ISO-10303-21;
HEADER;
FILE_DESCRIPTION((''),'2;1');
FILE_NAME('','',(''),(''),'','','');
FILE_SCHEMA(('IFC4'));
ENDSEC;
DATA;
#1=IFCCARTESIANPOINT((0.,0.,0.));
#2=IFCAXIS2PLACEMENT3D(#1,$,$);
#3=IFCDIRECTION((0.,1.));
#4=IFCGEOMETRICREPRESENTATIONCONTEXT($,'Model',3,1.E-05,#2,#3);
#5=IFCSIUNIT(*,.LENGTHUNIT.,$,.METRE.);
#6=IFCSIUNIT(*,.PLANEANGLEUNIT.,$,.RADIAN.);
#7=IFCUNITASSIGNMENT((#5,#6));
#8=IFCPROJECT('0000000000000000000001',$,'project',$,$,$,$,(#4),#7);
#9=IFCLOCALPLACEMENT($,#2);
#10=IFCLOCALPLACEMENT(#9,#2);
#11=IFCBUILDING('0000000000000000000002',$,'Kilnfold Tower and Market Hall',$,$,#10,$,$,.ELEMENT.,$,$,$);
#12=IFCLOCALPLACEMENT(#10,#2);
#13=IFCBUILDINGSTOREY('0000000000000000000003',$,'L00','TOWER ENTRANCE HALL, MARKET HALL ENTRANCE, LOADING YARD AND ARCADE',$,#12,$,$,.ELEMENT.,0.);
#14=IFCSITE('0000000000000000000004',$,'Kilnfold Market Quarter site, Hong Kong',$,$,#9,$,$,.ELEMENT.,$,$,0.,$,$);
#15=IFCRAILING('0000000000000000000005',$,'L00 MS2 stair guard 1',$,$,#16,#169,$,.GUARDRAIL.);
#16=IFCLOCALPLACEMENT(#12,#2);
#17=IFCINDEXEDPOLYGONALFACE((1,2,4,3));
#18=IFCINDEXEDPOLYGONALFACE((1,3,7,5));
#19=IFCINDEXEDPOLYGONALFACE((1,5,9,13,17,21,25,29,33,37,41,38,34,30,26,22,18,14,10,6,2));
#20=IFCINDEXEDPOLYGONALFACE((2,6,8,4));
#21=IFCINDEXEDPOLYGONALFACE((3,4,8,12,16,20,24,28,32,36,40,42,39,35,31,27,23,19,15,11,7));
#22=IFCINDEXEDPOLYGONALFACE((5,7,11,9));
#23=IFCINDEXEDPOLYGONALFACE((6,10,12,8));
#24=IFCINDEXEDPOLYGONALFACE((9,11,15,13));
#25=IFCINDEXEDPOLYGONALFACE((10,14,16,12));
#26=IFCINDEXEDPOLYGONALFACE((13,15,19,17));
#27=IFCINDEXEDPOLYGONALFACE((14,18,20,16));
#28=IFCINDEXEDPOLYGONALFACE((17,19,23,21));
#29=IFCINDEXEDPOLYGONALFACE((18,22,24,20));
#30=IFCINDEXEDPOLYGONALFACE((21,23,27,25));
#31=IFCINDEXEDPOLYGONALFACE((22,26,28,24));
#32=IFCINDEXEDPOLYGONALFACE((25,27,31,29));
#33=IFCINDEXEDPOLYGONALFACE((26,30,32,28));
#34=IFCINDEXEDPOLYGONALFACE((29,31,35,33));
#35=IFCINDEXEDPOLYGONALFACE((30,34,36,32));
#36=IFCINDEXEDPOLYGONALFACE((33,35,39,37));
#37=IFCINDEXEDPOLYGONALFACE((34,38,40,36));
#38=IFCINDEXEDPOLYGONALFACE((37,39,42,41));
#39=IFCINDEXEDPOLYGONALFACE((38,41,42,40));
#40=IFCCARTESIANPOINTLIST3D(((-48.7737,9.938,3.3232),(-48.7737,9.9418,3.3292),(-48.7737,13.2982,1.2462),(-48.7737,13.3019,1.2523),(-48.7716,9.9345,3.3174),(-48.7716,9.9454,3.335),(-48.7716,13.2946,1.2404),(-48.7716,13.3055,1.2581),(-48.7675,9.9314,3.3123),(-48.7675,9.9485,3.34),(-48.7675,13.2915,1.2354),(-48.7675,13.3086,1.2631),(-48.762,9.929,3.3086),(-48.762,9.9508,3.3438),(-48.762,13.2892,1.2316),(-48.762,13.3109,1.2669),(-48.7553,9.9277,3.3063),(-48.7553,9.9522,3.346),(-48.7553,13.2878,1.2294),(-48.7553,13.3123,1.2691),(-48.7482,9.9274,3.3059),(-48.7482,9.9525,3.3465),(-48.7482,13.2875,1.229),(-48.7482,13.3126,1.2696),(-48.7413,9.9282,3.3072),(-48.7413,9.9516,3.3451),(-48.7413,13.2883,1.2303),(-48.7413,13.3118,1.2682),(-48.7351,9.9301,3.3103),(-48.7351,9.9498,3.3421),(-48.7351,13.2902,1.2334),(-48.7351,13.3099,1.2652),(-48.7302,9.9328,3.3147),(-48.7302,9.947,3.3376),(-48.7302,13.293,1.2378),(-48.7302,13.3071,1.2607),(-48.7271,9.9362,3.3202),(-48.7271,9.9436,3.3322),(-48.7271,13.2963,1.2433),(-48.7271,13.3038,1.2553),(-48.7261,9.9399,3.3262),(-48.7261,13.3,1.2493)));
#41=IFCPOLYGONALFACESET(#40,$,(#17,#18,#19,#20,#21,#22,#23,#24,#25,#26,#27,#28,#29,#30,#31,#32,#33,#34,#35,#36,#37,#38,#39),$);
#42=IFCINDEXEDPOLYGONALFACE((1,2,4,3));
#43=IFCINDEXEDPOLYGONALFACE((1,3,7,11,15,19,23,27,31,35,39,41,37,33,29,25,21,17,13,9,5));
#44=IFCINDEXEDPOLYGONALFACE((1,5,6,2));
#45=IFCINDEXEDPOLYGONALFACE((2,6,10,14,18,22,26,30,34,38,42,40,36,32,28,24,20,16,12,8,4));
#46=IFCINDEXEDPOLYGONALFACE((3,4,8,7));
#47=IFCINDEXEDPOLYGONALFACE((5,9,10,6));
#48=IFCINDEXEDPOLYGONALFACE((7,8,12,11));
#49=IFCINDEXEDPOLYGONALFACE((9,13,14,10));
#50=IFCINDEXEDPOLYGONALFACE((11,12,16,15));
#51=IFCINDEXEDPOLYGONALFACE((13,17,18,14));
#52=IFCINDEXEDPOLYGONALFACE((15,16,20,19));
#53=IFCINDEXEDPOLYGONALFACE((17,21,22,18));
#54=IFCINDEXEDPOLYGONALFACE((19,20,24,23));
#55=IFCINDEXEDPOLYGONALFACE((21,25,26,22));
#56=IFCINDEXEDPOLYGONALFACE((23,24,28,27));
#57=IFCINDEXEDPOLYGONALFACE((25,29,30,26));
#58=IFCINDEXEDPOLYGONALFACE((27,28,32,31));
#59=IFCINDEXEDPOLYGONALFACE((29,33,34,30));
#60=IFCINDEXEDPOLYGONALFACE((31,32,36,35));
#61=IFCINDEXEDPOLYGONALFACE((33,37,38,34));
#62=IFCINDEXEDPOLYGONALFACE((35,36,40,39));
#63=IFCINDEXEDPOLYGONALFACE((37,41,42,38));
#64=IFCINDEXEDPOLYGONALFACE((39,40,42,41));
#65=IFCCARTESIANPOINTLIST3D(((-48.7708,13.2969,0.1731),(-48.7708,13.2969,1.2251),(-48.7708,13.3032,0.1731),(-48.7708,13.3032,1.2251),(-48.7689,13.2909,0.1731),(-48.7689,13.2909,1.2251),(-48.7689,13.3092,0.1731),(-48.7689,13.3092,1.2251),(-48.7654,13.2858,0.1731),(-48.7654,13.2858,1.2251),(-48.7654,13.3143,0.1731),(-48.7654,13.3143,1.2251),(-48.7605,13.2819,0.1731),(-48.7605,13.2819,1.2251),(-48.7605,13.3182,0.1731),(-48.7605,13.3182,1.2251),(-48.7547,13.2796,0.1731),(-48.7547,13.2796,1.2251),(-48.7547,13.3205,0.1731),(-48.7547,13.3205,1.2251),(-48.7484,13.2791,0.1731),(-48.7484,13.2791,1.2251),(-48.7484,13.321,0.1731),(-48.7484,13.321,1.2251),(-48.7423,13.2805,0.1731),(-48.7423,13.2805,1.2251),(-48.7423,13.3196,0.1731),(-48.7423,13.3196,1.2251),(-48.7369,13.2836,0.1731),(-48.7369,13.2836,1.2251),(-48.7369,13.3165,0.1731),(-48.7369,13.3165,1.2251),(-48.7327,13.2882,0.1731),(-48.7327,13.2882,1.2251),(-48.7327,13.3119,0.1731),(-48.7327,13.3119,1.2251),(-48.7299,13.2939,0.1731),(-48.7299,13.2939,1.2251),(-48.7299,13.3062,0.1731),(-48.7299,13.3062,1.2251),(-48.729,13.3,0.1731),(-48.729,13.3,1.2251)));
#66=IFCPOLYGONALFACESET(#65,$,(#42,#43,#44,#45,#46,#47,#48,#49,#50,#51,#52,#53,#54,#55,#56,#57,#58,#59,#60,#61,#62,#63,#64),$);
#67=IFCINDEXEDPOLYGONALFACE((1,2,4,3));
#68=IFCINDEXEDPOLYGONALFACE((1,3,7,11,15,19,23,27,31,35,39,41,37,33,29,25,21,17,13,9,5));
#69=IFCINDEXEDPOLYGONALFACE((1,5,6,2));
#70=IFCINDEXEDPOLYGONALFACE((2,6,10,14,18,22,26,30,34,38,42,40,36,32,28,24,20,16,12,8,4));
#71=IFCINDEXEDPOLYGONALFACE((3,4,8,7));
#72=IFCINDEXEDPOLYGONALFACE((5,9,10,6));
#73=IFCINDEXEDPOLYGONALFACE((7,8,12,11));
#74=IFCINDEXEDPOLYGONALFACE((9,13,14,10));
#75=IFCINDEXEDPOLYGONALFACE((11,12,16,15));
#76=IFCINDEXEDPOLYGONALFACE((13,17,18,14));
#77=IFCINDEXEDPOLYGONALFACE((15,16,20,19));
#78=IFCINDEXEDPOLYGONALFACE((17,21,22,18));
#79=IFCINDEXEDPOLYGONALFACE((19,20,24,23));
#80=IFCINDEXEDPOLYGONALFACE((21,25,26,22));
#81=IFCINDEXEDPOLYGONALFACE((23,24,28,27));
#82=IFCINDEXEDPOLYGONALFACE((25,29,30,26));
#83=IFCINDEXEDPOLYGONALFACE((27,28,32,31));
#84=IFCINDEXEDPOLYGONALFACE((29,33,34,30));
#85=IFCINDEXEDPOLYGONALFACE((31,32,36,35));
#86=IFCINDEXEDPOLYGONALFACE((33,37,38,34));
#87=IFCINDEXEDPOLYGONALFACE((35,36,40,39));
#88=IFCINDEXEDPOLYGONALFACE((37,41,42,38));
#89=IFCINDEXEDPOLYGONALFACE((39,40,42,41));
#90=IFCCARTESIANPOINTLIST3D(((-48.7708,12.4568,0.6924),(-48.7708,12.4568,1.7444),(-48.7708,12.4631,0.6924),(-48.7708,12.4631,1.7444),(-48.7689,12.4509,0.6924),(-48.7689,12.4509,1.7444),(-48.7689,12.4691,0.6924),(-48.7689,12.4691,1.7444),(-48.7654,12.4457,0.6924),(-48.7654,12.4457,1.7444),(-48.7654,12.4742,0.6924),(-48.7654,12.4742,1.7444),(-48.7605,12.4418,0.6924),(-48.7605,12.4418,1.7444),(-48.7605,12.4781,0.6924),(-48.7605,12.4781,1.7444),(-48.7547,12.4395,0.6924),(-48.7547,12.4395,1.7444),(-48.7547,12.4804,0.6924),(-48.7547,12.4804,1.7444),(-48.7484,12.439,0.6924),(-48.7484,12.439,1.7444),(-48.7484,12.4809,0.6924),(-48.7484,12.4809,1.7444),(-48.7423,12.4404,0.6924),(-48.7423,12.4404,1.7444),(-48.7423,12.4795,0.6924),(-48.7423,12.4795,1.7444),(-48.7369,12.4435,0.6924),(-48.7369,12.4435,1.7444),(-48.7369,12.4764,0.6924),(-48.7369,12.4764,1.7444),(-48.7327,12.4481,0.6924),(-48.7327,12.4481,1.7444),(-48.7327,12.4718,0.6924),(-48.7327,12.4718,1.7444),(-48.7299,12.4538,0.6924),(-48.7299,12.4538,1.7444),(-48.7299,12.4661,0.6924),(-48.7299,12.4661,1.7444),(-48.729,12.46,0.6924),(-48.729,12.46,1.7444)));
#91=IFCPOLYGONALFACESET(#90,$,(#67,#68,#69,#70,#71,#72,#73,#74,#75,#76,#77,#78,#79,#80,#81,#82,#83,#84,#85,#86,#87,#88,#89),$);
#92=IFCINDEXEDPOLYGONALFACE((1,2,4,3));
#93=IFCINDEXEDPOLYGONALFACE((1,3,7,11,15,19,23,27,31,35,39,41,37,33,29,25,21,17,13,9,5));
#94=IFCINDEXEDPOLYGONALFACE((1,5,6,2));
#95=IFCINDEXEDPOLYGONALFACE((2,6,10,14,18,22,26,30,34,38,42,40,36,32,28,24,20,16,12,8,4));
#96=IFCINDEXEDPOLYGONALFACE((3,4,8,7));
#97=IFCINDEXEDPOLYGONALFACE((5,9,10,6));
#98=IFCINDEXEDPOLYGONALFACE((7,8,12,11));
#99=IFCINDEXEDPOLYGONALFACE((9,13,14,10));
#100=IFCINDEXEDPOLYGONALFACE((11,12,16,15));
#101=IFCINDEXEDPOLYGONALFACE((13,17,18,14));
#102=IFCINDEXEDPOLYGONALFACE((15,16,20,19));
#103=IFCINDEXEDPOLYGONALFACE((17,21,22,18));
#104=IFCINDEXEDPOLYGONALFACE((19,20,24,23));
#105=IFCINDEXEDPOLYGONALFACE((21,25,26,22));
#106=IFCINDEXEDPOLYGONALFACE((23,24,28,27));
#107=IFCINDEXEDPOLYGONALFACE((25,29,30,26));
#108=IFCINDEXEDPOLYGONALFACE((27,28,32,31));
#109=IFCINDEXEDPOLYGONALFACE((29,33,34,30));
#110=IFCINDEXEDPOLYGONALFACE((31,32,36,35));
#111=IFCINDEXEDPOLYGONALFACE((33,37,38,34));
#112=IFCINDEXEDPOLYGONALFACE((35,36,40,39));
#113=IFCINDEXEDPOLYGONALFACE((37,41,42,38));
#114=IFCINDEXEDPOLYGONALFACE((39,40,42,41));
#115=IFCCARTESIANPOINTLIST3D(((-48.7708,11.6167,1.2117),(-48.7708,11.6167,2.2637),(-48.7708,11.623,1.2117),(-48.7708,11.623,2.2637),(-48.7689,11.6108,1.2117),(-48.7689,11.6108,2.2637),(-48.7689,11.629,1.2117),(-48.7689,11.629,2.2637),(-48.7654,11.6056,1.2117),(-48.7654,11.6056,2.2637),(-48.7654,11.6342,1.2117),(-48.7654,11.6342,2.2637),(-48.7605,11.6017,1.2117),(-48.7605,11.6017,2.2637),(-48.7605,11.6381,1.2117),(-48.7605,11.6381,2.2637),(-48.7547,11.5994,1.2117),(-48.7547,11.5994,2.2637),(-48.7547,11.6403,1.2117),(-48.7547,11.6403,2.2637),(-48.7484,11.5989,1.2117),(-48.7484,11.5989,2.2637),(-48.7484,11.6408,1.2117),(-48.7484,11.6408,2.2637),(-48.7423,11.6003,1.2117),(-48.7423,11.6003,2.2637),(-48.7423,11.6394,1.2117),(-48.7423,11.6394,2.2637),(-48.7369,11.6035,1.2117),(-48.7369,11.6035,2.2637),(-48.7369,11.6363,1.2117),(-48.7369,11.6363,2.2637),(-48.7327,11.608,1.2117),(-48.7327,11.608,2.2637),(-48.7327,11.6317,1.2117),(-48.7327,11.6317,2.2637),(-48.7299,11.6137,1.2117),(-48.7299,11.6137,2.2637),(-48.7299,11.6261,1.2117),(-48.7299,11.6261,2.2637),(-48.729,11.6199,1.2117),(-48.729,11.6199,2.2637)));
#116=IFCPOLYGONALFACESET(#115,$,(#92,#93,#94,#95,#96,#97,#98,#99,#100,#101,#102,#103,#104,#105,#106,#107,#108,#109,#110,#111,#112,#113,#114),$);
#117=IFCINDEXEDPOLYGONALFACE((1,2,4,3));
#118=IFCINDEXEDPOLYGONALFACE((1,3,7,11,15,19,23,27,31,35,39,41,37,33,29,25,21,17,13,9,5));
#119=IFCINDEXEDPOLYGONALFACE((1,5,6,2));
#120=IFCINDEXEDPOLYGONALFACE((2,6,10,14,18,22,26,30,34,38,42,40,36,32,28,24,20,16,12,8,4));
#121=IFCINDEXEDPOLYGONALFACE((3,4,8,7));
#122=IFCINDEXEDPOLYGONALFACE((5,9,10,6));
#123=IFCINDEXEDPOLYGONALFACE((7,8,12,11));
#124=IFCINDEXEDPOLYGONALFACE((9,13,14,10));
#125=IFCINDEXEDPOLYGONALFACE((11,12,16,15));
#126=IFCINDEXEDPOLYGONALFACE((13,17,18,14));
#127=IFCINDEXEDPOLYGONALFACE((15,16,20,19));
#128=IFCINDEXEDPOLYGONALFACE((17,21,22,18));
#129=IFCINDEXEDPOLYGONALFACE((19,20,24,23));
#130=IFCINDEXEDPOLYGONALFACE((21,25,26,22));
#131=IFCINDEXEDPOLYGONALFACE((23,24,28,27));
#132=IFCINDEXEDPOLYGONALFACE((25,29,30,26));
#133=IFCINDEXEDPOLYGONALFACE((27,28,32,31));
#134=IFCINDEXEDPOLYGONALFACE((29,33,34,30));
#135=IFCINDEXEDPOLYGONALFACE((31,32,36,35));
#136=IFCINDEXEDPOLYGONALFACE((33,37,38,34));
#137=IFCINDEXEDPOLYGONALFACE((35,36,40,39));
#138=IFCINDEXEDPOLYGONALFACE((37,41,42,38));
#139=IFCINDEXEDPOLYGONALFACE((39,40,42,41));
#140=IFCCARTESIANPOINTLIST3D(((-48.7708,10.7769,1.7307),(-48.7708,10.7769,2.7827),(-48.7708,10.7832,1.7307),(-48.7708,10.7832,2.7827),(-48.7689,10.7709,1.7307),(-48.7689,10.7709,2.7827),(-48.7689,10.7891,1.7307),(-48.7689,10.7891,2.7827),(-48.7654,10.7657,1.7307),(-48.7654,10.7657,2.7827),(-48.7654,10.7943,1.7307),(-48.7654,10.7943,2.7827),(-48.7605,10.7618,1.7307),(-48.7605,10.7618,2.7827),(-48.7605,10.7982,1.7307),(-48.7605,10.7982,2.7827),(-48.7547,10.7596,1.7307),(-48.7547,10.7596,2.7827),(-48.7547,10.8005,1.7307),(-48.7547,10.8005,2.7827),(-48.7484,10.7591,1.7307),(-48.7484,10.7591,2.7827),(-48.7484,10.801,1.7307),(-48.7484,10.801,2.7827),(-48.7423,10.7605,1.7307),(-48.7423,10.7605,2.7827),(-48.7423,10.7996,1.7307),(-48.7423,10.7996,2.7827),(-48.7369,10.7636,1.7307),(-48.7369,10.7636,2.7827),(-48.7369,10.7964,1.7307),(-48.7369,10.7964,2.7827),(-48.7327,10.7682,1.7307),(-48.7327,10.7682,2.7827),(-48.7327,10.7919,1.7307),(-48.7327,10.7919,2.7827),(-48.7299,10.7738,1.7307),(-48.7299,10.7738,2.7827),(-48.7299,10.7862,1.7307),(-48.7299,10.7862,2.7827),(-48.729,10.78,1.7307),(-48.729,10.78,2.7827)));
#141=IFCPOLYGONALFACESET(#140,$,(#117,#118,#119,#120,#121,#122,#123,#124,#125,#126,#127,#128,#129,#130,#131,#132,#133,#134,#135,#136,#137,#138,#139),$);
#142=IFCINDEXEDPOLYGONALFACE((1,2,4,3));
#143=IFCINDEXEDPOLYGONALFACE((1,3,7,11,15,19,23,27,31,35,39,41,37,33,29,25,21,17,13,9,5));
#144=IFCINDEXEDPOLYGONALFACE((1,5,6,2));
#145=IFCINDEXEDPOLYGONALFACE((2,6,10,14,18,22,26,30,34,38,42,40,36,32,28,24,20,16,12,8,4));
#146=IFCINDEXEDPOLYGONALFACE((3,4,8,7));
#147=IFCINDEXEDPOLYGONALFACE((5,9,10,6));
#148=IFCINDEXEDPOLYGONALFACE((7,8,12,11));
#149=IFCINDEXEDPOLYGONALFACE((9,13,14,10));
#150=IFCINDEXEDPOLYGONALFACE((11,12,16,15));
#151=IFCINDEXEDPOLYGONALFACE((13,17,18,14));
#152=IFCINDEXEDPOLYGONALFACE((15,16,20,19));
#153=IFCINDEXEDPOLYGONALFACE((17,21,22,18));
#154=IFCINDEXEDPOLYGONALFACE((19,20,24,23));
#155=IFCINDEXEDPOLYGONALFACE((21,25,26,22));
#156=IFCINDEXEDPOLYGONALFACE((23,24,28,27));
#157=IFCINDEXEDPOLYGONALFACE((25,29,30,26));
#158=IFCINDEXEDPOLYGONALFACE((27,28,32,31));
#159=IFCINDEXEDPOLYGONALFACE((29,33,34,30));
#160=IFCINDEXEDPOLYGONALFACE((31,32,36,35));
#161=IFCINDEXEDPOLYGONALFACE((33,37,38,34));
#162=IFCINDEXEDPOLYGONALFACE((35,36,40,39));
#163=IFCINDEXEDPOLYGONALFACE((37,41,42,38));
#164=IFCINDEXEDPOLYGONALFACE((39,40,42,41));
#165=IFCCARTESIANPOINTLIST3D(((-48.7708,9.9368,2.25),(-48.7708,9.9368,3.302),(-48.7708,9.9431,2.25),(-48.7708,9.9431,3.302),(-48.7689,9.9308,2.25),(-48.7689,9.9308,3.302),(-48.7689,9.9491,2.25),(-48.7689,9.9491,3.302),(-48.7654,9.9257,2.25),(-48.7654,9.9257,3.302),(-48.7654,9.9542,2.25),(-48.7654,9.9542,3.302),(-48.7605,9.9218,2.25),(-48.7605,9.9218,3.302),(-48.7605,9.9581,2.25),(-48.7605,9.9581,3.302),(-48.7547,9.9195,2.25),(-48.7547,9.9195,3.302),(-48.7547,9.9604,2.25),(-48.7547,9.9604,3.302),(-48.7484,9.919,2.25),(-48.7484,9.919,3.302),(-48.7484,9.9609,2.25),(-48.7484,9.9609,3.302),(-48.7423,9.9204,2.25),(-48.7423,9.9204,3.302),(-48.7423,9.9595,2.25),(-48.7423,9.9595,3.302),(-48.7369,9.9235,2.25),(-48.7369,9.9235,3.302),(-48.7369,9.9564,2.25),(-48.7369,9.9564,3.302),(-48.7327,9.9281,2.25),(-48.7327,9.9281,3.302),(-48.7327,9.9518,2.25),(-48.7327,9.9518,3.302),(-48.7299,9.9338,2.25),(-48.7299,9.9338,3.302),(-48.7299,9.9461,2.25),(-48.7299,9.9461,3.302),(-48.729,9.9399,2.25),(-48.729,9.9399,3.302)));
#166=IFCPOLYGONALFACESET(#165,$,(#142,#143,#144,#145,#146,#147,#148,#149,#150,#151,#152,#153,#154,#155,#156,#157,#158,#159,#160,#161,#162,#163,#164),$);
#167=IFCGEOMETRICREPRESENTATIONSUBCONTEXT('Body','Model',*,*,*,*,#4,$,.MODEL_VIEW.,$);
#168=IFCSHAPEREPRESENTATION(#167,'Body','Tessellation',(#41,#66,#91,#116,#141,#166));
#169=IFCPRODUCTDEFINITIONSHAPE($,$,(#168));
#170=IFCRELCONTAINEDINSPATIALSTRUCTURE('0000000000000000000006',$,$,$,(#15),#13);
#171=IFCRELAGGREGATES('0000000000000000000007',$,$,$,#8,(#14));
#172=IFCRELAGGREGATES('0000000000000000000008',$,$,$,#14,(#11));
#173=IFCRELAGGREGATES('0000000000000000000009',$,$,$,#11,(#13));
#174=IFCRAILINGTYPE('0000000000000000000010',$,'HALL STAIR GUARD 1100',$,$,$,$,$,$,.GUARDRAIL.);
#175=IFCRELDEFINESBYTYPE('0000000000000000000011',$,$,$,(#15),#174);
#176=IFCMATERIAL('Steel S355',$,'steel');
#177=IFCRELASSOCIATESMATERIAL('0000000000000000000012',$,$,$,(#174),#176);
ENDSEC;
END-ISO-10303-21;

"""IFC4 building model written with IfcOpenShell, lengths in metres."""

from ifc_helpers import new_model, si_unit, direction, frame, origin, origin_2d, place, context, subcontext, project, spatial, circle, extrude, material, type_object, element, save


model = new_model("IFC4")

# Units and contexts
model_context = context("Model", 3, precision=1e-05, world=origin(), true_north=direction((0.0, 1.0)))
body_context = subcontext(model_context, "Body", "Model", "MODEL_VIEW")
ifc_project = project(units=[si_unit("LENGTHUNIT", "METRE"), si_unit("PLANEANGLEUNIT", "RADIAN")], contexts=[model_context])

# Site, building, storey
site_placement = place(None, origin())
site = spatial("IfcSite", under=ifc_project, at=site_placement, Name="Kilnfold Market Quarter site, Hong Kong", CompositionType="ELEMENT", RefElevation=0.0)
building_placement = place(site_placement, origin())
building = spatial("IfcBuilding", under=site, at=building_placement, Name="Kilnfold Tower and Market Hall", CompositionType="ELEMENT")
storey_placement = place(building_placement, origin())
storey = spatial("IfcBuildingStorey", under=building, at=storey_placement, Name="L00", Description="TOWER ENTRANCE HALL, MARKET HALL ENTRANCE, LOADING YARD AND ARCADE", CompositionType="ELEMENT", Elevation=0.0)

# Railing
ifc_material_1 = material(Name="Steel S355", Category="steel")
railing_type_1 = type_object("IfcRailingType", Name="HALL STAIR GUARD 1100", PredefinedType="GUARDRAIL", material=ifc_material_1)
railing_1_placement = place(storey_placement, frame((-48.75, 13.3, 0.1731)))
element("IfcRailing", 1, at=railing_1_placement, inside=storey, type_object=railing_type_1, Name="L00 MS2 stair guard 1", PredefinedType="GUARDRAIL", context=body_context, shape_type="SweptSolid", body=[
    extrude(circle(Radius=0.0239, at=origin_2d()), frame((0.0, 0.0, 1.0762), z_axis=(0.0, -0.850623, 0.525776), x_axis=(1.0, 0.0, 0.0)), (0.0, 0.0, 1.0), 3.9502),
    extrude(circle(Radius=0.021, at=origin_2d()), origin(), (0.0, 0.0, 1.0), 1.052),
    extrude(circle(Radius=0.021, at=origin_2d()), frame((0.0, -0.8401, 0.5193)), (0.0, 0.0, 1.0), 1.052),
    extrude(circle(Radius=0.021, at=origin_2d()), frame((0.0, -1.6802, 1.0386)), (0.0, 0.0, 1.0), 1.052),
    extrude(circle(Radius=0.021, at=origin_2d()), frame((0.0, -2.52, 1.5576)), (0.0, 0.0, 1.0), 1.052),
    extrude(circle(Radius=0.021, at=origin_2d()), frame((0.0, -3.3601, 2.0769)), (0.0, 0.0, 1.0), 1.052),
])

save(model, "model.ifc")
